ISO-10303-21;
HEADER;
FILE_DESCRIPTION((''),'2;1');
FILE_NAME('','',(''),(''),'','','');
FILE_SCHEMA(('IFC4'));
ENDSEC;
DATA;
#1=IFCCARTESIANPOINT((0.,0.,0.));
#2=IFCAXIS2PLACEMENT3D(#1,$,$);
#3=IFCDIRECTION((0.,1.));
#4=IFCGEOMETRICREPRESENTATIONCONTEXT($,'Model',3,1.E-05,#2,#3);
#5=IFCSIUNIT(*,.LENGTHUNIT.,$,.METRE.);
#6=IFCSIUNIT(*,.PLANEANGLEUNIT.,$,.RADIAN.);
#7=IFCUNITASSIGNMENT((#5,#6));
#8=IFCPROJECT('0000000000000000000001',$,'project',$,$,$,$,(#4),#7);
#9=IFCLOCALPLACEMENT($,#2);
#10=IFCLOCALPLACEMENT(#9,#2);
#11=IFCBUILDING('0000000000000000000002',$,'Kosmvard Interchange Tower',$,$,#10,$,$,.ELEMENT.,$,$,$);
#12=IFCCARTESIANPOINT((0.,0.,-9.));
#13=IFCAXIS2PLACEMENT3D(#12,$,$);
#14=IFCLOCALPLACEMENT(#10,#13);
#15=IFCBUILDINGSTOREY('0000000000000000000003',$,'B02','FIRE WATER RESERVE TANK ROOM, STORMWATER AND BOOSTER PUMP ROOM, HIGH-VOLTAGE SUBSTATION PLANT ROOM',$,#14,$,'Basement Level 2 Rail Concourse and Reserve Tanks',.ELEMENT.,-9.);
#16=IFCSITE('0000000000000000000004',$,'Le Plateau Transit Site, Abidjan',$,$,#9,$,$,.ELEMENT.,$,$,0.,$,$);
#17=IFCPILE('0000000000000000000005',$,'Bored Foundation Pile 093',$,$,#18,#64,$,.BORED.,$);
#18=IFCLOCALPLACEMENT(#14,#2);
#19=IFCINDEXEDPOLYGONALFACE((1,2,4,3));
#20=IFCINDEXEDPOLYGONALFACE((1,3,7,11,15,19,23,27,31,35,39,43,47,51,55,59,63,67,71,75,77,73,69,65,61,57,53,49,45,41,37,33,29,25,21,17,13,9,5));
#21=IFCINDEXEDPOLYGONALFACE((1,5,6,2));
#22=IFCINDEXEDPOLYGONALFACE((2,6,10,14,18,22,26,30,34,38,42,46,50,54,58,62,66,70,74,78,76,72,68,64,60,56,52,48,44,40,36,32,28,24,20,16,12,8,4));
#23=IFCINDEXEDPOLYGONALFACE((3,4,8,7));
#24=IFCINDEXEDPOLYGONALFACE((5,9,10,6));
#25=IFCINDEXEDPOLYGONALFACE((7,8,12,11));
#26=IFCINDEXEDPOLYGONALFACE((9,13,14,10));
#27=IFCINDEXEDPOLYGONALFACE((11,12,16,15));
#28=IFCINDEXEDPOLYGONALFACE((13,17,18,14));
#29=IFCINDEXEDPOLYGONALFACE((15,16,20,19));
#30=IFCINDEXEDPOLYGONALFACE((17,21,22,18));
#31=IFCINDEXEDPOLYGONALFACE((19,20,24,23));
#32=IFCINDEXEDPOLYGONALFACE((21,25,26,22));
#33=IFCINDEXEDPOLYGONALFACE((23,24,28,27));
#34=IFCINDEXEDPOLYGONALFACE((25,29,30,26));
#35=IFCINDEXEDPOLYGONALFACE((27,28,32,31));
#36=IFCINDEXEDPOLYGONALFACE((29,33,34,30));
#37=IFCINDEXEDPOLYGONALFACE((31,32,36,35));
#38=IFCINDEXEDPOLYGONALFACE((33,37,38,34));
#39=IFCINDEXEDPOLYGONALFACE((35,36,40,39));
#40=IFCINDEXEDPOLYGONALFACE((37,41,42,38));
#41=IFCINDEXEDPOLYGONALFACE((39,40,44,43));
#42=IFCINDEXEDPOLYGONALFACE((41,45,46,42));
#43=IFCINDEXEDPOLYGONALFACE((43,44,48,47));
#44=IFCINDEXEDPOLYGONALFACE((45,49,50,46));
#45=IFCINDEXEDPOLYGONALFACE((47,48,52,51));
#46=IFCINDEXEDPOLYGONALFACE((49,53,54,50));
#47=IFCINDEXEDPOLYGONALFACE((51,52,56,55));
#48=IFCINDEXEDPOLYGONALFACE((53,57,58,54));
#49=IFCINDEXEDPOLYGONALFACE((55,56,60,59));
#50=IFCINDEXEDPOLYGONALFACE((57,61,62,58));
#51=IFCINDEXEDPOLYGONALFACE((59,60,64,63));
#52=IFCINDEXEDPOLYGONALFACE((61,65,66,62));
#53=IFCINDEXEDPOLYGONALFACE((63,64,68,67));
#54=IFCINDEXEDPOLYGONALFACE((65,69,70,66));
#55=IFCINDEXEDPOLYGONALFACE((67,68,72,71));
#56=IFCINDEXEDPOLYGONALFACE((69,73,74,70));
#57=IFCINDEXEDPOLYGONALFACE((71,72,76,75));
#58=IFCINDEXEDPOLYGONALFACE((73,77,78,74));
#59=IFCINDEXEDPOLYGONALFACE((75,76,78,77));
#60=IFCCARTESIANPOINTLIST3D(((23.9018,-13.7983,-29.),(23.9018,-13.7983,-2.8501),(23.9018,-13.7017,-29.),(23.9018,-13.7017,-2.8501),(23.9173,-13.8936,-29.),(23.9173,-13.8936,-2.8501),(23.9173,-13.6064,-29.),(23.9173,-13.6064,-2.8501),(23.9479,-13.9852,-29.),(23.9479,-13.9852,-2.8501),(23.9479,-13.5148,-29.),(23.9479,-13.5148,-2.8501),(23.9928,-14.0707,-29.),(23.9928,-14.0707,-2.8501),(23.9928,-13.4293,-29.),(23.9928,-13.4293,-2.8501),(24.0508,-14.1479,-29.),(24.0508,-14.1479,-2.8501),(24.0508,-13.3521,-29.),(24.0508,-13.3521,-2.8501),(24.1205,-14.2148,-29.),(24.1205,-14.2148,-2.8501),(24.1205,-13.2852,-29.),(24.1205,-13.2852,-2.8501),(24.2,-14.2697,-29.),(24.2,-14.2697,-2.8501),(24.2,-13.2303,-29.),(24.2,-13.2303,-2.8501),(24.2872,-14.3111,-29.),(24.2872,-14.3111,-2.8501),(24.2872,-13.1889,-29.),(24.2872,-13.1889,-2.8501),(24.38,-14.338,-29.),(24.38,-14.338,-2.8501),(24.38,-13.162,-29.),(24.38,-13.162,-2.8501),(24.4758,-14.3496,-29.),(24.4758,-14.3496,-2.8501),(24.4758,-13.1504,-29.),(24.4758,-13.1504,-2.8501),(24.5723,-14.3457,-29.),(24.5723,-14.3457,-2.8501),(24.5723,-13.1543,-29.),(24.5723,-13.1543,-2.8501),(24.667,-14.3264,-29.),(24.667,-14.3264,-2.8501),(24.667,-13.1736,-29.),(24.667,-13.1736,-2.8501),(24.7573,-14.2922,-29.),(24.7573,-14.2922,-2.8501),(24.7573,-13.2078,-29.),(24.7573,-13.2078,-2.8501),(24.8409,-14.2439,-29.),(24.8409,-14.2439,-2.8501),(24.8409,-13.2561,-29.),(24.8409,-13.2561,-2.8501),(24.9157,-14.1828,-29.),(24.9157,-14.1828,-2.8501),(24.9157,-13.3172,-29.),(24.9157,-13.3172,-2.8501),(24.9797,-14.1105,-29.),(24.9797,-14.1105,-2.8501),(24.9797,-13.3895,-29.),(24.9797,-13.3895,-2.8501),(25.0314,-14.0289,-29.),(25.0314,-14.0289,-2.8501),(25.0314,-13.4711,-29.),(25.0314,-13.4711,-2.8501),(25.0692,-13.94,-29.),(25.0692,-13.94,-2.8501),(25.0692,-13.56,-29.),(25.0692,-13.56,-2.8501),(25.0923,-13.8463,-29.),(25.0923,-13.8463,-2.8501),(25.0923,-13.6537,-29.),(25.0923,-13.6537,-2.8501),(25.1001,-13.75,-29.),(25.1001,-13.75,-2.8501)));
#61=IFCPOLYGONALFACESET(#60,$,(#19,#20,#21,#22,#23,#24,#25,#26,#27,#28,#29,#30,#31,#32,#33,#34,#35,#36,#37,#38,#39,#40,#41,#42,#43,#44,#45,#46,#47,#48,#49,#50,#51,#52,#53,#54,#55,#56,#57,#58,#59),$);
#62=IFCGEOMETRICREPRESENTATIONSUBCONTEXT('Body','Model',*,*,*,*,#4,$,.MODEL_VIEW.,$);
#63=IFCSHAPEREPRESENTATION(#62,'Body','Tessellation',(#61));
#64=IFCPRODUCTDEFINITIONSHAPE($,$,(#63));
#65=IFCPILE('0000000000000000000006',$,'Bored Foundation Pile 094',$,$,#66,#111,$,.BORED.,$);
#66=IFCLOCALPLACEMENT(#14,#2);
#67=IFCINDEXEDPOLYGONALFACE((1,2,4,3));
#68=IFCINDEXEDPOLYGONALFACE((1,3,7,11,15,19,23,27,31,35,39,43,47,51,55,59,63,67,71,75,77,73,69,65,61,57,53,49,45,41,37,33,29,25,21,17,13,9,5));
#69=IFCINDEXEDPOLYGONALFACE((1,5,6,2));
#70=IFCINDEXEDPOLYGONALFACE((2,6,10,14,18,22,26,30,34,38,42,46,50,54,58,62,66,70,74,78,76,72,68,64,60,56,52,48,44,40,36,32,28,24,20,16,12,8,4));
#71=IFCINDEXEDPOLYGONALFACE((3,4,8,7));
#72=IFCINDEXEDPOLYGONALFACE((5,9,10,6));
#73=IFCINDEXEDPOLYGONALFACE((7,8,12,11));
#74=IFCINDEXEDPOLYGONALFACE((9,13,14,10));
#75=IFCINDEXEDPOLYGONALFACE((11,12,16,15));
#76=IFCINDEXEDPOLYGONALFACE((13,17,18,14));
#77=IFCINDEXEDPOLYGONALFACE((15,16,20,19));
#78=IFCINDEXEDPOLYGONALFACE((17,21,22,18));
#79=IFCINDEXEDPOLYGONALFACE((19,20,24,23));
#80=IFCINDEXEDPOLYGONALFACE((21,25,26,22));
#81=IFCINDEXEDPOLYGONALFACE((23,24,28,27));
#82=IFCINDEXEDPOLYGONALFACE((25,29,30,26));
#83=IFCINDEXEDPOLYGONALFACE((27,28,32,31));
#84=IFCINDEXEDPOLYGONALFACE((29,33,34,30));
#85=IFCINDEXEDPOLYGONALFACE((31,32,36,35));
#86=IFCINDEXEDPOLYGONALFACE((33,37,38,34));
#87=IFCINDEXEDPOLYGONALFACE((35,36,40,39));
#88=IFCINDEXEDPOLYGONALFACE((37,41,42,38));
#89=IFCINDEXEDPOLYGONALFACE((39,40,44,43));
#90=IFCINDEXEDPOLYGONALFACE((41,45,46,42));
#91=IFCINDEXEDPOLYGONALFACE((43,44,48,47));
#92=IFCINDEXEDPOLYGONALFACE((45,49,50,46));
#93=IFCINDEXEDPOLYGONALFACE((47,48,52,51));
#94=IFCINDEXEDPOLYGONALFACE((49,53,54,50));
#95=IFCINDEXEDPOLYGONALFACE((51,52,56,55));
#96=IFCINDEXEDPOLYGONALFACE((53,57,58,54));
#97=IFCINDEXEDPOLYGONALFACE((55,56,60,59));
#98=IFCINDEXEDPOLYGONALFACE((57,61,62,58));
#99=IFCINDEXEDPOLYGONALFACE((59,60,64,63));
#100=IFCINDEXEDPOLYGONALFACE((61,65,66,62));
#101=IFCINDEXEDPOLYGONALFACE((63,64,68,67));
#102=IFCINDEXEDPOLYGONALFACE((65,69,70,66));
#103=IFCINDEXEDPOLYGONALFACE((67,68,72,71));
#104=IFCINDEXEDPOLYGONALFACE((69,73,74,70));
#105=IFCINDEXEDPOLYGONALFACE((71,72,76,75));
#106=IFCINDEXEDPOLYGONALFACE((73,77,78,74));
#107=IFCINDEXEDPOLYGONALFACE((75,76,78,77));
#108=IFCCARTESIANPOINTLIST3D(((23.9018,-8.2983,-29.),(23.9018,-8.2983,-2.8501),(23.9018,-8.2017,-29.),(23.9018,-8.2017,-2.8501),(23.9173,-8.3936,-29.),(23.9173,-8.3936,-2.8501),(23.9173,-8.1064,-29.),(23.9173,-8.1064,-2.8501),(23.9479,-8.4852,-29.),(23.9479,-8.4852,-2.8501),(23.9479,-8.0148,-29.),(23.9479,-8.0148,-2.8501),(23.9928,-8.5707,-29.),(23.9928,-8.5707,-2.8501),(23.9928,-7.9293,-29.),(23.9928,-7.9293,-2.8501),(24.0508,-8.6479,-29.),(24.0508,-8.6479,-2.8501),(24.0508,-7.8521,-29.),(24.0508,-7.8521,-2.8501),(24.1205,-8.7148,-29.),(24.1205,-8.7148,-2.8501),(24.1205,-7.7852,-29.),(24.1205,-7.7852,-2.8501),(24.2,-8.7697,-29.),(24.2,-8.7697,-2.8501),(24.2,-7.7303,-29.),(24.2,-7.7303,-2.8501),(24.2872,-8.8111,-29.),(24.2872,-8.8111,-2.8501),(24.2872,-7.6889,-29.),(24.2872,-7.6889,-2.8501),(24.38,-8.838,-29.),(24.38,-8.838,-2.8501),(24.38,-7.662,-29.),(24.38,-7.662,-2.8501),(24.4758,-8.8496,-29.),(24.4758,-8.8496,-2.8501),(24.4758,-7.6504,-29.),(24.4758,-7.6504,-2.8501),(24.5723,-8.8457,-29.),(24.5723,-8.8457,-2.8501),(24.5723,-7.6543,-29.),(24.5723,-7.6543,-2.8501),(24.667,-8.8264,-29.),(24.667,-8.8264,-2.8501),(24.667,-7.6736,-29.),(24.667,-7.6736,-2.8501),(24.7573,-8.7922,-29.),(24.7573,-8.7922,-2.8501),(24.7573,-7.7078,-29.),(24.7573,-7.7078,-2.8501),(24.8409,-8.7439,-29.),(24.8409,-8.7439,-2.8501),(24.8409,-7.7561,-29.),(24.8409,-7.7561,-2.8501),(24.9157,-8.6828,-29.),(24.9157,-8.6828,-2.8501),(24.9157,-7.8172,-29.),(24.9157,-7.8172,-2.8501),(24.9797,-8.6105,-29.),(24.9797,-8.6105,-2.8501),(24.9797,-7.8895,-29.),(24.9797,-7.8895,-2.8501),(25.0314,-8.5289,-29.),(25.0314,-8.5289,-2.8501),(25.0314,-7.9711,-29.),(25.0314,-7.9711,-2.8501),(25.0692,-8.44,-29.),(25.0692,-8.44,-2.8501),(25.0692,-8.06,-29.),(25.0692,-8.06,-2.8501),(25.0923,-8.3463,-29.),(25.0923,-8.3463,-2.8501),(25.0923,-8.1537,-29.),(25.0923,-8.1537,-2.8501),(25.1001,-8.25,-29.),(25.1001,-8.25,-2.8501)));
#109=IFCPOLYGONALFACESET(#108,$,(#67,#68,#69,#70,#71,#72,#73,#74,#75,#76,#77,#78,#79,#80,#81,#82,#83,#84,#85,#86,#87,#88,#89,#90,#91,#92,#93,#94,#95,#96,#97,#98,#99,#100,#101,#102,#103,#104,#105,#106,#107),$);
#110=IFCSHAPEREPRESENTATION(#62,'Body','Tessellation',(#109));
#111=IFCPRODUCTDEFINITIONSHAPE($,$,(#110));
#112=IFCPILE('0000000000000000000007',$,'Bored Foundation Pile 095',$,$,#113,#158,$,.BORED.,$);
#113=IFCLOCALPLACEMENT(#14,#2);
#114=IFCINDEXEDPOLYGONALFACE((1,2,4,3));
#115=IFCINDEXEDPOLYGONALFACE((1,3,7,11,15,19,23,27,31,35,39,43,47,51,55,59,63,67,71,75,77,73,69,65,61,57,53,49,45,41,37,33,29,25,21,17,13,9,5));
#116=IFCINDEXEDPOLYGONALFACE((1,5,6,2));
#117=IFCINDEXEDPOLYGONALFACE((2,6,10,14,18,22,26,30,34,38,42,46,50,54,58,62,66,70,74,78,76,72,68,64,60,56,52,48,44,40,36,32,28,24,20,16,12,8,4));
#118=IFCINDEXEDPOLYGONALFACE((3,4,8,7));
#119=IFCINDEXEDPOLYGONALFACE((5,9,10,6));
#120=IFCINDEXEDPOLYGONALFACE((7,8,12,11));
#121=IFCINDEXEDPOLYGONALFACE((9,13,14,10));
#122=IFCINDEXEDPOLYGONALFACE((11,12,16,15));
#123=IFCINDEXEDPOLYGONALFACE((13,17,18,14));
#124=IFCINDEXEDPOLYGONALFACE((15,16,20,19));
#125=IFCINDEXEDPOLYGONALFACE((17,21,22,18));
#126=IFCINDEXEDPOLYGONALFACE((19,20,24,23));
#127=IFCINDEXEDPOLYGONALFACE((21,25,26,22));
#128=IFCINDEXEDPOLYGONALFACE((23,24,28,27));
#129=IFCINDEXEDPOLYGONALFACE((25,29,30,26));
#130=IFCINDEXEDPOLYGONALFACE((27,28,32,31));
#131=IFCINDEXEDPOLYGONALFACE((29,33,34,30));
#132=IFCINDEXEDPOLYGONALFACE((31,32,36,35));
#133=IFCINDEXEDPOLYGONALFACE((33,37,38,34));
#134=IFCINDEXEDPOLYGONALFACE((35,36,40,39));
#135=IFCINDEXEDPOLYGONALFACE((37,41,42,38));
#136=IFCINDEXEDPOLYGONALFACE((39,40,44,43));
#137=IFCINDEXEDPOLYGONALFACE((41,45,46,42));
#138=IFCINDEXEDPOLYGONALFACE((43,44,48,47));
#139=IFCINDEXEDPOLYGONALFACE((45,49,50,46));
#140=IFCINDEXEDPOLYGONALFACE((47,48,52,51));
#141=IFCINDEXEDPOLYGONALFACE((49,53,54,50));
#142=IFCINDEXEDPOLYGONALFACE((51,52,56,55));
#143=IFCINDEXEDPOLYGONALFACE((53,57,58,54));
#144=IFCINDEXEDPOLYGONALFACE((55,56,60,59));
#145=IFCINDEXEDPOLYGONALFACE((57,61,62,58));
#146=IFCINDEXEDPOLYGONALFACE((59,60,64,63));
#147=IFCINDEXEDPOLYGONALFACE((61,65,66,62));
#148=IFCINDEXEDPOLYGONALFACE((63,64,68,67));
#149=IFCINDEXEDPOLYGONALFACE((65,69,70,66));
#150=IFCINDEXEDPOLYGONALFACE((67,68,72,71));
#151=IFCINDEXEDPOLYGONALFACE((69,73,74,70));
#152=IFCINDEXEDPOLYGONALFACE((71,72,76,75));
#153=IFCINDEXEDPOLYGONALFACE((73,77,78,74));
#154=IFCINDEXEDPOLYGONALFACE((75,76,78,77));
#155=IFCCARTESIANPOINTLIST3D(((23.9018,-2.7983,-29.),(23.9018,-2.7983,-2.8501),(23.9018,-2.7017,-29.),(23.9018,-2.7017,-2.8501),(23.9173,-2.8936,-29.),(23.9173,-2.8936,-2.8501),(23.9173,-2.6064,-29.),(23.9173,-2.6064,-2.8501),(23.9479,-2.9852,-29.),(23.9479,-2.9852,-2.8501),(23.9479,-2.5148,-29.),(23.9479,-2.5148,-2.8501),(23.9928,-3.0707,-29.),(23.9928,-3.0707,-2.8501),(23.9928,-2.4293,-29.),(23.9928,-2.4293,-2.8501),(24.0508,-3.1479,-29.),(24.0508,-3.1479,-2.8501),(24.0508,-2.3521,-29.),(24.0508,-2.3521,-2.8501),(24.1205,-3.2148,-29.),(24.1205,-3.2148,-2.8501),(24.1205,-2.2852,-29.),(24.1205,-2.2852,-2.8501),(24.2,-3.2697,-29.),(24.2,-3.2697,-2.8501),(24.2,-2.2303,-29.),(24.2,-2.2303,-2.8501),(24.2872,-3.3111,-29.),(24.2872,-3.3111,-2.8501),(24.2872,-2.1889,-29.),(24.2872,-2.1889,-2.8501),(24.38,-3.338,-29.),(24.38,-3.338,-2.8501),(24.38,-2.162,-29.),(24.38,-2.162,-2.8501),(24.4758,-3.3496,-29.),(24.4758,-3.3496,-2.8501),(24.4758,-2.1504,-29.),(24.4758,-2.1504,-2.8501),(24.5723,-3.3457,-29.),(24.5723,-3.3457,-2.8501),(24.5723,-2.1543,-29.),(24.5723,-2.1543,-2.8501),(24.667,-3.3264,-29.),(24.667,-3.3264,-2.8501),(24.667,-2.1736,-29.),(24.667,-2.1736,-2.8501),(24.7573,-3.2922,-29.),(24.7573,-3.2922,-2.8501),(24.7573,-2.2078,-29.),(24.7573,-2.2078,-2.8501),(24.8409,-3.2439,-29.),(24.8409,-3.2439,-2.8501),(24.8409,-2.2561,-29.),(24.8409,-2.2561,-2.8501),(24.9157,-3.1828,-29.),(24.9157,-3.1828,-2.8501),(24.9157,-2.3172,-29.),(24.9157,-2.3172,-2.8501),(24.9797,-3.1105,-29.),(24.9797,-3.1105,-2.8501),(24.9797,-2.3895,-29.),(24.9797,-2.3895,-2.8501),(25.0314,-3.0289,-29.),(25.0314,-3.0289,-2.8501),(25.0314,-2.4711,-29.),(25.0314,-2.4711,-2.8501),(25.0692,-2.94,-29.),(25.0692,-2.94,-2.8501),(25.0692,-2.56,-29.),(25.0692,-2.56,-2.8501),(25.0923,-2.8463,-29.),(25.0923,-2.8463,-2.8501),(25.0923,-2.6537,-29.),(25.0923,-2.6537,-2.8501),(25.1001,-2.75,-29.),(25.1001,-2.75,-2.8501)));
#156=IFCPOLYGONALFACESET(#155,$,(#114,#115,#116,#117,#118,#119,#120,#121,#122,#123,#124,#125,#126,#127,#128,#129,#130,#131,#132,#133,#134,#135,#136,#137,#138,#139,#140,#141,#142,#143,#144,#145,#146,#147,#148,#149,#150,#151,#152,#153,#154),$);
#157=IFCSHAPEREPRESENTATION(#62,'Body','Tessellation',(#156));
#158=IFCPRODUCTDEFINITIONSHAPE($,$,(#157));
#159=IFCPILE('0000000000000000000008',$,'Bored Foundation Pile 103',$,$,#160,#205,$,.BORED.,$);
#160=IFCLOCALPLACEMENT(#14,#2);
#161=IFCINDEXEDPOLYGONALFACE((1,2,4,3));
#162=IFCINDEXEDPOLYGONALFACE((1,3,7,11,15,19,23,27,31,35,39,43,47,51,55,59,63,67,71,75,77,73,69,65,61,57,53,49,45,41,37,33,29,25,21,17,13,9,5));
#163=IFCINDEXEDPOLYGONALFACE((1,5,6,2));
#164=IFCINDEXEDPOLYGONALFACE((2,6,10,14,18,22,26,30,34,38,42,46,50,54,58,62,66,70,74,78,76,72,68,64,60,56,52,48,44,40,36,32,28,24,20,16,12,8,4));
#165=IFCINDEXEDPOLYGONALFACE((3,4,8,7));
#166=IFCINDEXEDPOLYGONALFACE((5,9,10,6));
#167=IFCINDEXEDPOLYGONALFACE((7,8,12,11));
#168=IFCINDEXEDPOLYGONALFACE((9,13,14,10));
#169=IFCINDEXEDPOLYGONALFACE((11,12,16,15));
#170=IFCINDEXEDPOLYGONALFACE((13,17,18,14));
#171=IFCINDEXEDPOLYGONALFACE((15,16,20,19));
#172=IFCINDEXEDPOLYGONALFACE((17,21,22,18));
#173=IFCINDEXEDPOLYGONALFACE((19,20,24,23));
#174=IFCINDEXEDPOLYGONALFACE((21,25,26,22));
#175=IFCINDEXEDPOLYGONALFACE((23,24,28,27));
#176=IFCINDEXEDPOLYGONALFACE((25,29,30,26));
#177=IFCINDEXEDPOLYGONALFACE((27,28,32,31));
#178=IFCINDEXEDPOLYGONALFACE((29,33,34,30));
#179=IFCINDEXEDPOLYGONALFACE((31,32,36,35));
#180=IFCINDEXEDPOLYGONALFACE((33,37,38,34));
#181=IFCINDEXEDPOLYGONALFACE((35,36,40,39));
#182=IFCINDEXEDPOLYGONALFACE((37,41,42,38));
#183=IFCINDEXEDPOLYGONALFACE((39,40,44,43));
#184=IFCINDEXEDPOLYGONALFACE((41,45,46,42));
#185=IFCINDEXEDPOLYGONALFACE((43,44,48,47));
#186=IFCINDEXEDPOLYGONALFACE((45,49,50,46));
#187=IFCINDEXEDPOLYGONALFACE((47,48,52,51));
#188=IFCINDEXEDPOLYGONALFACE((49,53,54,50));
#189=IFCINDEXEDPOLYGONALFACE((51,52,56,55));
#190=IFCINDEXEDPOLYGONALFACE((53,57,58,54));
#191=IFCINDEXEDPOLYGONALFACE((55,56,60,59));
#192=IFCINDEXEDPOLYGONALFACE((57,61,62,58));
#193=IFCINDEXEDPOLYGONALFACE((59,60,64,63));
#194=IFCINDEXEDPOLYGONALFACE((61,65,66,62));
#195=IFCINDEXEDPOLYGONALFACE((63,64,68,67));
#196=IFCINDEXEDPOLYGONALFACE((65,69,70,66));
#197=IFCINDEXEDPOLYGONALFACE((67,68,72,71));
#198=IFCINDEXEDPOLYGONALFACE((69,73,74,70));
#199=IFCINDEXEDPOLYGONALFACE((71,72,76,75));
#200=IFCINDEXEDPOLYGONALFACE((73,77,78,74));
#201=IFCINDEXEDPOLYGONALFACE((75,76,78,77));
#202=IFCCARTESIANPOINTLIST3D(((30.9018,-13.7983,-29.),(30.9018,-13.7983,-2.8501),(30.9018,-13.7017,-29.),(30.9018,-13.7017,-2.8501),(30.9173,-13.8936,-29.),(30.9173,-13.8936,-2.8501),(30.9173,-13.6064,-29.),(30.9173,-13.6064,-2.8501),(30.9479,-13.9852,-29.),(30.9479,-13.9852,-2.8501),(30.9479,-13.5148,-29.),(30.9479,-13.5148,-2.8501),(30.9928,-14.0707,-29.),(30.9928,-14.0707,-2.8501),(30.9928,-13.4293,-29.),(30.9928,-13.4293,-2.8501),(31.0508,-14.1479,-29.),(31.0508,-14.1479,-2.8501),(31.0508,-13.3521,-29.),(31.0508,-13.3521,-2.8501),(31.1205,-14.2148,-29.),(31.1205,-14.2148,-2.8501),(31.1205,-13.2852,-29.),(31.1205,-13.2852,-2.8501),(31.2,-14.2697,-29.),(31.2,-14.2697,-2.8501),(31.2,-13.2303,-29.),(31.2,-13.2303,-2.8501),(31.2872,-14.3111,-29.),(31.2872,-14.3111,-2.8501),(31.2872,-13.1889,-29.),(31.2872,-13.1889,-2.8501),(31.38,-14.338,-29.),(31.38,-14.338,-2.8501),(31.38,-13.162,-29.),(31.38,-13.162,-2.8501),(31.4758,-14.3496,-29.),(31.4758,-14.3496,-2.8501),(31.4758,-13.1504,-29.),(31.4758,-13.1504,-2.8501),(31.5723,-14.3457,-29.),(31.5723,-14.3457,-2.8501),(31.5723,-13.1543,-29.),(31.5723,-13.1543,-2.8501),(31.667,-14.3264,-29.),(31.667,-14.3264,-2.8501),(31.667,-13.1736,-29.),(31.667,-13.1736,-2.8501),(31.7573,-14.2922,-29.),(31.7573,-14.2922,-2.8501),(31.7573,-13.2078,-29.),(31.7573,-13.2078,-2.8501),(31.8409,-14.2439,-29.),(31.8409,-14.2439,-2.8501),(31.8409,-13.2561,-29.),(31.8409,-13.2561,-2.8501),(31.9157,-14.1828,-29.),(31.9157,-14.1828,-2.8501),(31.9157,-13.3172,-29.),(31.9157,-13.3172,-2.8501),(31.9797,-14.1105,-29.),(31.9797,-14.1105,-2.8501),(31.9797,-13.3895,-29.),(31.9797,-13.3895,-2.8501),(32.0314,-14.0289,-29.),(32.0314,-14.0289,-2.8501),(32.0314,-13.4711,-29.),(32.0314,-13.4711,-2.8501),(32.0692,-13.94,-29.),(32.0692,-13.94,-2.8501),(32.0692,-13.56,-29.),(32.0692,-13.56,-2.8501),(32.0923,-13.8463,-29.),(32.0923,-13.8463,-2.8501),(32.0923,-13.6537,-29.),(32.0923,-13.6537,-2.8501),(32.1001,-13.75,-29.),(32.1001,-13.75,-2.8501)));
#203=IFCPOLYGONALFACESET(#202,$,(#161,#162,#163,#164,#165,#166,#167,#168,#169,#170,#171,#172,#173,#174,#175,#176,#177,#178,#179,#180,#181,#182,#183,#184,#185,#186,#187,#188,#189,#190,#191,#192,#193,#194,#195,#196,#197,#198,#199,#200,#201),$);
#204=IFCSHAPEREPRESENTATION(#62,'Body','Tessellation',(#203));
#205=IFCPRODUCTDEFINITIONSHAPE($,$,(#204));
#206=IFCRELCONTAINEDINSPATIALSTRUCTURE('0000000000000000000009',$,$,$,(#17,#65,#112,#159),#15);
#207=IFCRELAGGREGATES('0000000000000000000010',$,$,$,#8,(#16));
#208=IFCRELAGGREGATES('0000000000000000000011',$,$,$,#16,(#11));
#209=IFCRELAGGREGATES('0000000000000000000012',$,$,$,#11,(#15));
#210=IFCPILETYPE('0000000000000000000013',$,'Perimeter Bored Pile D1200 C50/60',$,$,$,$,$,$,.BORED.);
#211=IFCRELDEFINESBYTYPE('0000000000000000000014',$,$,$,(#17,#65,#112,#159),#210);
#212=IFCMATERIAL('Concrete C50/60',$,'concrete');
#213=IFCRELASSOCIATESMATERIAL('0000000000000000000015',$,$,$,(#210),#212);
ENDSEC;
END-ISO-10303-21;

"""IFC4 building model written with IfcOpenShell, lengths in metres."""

from ifc_helpers import new_model, si_unit, direction, frame, origin, origin_2d, place, context, subcontext, project, spatial, circle, extrude, source, transform, mapped, material, material_profile, profile_set, type_object, element, save


model = new_model("IFC4")

# Units and contexts
model_context = context("Model", 3, precision=1e-05, world=origin(), true_north=direction((0.0, 1.0)))
body_context = subcontext(model_context, "Body", "Model", "MODEL_VIEW")
ifc_project = project(units=[si_unit("LENGTHUNIT", "METRE"), si_unit("PLANEANGLEUNIT", "RADIAN")], contexts=[model_context])

# Site, building, storey
site_placement = place(None, origin())
site = spatial("IfcSite", under=ifc_project, at=site_placement, Name="Le Plateau Transit Site, Abidjan", CompositionType="ELEMENT", RefElevation=0.0)
building_placement = place(site_placement, origin())
building = spatial("IfcBuilding", under=site, at=building_placement, Name="Kosmvard Interchange Tower", CompositionType="ELEMENT")
storey_placement = place(building_placement, frame((0.0, 0.0, -9.0)))
storey = spatial("IfcBuildingStorey", under=building, at=storey_placement, Name="B02", Description="FIRE WATER RESERVE TANK ROOM, STORMWATER AND BOOSTER PUMP ROOM, HIGH-VOLTAGE SUBSTATION PLANT ROOM", LongName="Basement Level 2 Rail Concourse and Reserve Tanks", CompositionType="ELEMENT", Elevation=-9.0)

# Piles
ifc_material_1 = material(Name="Concrete C50/60", Category="concrete")
ifc_material_profile_1 = material_profile(ifc_material_1, circle(Radius=0.6001, at=origin_2d()), Name="PILE D1200")
ifc_profile_set_1 = profile_set([ifc_material_profile_1], Name="Concrete C50/60")
pile_type = type_object("IfcPileType", Name="Perimeter Bored Pile D1200 C50/60", PredefinedType="BORED", material=ifc_profile_set_1)
shared_shape_1 = source(origin(), body_context, "Body", "SweptSolid", [
    extrude(circle(Radius=0.6001, at=origin_2d()), origin(), (0.0, 0.0, 1.0), 26.1499),
])
for number, where, z_axis, x_axis, name in (
    (1, (24.5, -13.75, -2.8501), (0.0, 0.0, -1.0), (1.0, 0.0, 0.0), "Bored Foundation Pile 093"),
    (2, (24.5, -8.25, -2.8501), (0.0, 0.0, -1.0), (1.0, 0.0, 0.0), "Bored Foundation Pile 094"),
    (3, (24.5, -2.75, -2.8501), (0.0, 0.0, -1.0), (1.0, 0.0, 0.0), "Bored Foundation Pile 095"),
    (4, (31.5, -13.75, -2.8501), (0.0, 0.0, -1.0), (1.0, 0.0, 0.0), "Bored Foundation Pile 103"),
):
    element("IfcPile", number, at=place(storey_placement, frame(where, z_axis=z_axis, x_axis=x_axis)), inside=storey, type_object=pile_type, Name=name, PredefinedType="BORED", context=body_context, shape_type="MappedRepresentation", body=[
        mapped(shared_shape_1, transform((0.0, 0.0, 0.0), scale=1.0)),
    ])

save(model, "model.ifc")
